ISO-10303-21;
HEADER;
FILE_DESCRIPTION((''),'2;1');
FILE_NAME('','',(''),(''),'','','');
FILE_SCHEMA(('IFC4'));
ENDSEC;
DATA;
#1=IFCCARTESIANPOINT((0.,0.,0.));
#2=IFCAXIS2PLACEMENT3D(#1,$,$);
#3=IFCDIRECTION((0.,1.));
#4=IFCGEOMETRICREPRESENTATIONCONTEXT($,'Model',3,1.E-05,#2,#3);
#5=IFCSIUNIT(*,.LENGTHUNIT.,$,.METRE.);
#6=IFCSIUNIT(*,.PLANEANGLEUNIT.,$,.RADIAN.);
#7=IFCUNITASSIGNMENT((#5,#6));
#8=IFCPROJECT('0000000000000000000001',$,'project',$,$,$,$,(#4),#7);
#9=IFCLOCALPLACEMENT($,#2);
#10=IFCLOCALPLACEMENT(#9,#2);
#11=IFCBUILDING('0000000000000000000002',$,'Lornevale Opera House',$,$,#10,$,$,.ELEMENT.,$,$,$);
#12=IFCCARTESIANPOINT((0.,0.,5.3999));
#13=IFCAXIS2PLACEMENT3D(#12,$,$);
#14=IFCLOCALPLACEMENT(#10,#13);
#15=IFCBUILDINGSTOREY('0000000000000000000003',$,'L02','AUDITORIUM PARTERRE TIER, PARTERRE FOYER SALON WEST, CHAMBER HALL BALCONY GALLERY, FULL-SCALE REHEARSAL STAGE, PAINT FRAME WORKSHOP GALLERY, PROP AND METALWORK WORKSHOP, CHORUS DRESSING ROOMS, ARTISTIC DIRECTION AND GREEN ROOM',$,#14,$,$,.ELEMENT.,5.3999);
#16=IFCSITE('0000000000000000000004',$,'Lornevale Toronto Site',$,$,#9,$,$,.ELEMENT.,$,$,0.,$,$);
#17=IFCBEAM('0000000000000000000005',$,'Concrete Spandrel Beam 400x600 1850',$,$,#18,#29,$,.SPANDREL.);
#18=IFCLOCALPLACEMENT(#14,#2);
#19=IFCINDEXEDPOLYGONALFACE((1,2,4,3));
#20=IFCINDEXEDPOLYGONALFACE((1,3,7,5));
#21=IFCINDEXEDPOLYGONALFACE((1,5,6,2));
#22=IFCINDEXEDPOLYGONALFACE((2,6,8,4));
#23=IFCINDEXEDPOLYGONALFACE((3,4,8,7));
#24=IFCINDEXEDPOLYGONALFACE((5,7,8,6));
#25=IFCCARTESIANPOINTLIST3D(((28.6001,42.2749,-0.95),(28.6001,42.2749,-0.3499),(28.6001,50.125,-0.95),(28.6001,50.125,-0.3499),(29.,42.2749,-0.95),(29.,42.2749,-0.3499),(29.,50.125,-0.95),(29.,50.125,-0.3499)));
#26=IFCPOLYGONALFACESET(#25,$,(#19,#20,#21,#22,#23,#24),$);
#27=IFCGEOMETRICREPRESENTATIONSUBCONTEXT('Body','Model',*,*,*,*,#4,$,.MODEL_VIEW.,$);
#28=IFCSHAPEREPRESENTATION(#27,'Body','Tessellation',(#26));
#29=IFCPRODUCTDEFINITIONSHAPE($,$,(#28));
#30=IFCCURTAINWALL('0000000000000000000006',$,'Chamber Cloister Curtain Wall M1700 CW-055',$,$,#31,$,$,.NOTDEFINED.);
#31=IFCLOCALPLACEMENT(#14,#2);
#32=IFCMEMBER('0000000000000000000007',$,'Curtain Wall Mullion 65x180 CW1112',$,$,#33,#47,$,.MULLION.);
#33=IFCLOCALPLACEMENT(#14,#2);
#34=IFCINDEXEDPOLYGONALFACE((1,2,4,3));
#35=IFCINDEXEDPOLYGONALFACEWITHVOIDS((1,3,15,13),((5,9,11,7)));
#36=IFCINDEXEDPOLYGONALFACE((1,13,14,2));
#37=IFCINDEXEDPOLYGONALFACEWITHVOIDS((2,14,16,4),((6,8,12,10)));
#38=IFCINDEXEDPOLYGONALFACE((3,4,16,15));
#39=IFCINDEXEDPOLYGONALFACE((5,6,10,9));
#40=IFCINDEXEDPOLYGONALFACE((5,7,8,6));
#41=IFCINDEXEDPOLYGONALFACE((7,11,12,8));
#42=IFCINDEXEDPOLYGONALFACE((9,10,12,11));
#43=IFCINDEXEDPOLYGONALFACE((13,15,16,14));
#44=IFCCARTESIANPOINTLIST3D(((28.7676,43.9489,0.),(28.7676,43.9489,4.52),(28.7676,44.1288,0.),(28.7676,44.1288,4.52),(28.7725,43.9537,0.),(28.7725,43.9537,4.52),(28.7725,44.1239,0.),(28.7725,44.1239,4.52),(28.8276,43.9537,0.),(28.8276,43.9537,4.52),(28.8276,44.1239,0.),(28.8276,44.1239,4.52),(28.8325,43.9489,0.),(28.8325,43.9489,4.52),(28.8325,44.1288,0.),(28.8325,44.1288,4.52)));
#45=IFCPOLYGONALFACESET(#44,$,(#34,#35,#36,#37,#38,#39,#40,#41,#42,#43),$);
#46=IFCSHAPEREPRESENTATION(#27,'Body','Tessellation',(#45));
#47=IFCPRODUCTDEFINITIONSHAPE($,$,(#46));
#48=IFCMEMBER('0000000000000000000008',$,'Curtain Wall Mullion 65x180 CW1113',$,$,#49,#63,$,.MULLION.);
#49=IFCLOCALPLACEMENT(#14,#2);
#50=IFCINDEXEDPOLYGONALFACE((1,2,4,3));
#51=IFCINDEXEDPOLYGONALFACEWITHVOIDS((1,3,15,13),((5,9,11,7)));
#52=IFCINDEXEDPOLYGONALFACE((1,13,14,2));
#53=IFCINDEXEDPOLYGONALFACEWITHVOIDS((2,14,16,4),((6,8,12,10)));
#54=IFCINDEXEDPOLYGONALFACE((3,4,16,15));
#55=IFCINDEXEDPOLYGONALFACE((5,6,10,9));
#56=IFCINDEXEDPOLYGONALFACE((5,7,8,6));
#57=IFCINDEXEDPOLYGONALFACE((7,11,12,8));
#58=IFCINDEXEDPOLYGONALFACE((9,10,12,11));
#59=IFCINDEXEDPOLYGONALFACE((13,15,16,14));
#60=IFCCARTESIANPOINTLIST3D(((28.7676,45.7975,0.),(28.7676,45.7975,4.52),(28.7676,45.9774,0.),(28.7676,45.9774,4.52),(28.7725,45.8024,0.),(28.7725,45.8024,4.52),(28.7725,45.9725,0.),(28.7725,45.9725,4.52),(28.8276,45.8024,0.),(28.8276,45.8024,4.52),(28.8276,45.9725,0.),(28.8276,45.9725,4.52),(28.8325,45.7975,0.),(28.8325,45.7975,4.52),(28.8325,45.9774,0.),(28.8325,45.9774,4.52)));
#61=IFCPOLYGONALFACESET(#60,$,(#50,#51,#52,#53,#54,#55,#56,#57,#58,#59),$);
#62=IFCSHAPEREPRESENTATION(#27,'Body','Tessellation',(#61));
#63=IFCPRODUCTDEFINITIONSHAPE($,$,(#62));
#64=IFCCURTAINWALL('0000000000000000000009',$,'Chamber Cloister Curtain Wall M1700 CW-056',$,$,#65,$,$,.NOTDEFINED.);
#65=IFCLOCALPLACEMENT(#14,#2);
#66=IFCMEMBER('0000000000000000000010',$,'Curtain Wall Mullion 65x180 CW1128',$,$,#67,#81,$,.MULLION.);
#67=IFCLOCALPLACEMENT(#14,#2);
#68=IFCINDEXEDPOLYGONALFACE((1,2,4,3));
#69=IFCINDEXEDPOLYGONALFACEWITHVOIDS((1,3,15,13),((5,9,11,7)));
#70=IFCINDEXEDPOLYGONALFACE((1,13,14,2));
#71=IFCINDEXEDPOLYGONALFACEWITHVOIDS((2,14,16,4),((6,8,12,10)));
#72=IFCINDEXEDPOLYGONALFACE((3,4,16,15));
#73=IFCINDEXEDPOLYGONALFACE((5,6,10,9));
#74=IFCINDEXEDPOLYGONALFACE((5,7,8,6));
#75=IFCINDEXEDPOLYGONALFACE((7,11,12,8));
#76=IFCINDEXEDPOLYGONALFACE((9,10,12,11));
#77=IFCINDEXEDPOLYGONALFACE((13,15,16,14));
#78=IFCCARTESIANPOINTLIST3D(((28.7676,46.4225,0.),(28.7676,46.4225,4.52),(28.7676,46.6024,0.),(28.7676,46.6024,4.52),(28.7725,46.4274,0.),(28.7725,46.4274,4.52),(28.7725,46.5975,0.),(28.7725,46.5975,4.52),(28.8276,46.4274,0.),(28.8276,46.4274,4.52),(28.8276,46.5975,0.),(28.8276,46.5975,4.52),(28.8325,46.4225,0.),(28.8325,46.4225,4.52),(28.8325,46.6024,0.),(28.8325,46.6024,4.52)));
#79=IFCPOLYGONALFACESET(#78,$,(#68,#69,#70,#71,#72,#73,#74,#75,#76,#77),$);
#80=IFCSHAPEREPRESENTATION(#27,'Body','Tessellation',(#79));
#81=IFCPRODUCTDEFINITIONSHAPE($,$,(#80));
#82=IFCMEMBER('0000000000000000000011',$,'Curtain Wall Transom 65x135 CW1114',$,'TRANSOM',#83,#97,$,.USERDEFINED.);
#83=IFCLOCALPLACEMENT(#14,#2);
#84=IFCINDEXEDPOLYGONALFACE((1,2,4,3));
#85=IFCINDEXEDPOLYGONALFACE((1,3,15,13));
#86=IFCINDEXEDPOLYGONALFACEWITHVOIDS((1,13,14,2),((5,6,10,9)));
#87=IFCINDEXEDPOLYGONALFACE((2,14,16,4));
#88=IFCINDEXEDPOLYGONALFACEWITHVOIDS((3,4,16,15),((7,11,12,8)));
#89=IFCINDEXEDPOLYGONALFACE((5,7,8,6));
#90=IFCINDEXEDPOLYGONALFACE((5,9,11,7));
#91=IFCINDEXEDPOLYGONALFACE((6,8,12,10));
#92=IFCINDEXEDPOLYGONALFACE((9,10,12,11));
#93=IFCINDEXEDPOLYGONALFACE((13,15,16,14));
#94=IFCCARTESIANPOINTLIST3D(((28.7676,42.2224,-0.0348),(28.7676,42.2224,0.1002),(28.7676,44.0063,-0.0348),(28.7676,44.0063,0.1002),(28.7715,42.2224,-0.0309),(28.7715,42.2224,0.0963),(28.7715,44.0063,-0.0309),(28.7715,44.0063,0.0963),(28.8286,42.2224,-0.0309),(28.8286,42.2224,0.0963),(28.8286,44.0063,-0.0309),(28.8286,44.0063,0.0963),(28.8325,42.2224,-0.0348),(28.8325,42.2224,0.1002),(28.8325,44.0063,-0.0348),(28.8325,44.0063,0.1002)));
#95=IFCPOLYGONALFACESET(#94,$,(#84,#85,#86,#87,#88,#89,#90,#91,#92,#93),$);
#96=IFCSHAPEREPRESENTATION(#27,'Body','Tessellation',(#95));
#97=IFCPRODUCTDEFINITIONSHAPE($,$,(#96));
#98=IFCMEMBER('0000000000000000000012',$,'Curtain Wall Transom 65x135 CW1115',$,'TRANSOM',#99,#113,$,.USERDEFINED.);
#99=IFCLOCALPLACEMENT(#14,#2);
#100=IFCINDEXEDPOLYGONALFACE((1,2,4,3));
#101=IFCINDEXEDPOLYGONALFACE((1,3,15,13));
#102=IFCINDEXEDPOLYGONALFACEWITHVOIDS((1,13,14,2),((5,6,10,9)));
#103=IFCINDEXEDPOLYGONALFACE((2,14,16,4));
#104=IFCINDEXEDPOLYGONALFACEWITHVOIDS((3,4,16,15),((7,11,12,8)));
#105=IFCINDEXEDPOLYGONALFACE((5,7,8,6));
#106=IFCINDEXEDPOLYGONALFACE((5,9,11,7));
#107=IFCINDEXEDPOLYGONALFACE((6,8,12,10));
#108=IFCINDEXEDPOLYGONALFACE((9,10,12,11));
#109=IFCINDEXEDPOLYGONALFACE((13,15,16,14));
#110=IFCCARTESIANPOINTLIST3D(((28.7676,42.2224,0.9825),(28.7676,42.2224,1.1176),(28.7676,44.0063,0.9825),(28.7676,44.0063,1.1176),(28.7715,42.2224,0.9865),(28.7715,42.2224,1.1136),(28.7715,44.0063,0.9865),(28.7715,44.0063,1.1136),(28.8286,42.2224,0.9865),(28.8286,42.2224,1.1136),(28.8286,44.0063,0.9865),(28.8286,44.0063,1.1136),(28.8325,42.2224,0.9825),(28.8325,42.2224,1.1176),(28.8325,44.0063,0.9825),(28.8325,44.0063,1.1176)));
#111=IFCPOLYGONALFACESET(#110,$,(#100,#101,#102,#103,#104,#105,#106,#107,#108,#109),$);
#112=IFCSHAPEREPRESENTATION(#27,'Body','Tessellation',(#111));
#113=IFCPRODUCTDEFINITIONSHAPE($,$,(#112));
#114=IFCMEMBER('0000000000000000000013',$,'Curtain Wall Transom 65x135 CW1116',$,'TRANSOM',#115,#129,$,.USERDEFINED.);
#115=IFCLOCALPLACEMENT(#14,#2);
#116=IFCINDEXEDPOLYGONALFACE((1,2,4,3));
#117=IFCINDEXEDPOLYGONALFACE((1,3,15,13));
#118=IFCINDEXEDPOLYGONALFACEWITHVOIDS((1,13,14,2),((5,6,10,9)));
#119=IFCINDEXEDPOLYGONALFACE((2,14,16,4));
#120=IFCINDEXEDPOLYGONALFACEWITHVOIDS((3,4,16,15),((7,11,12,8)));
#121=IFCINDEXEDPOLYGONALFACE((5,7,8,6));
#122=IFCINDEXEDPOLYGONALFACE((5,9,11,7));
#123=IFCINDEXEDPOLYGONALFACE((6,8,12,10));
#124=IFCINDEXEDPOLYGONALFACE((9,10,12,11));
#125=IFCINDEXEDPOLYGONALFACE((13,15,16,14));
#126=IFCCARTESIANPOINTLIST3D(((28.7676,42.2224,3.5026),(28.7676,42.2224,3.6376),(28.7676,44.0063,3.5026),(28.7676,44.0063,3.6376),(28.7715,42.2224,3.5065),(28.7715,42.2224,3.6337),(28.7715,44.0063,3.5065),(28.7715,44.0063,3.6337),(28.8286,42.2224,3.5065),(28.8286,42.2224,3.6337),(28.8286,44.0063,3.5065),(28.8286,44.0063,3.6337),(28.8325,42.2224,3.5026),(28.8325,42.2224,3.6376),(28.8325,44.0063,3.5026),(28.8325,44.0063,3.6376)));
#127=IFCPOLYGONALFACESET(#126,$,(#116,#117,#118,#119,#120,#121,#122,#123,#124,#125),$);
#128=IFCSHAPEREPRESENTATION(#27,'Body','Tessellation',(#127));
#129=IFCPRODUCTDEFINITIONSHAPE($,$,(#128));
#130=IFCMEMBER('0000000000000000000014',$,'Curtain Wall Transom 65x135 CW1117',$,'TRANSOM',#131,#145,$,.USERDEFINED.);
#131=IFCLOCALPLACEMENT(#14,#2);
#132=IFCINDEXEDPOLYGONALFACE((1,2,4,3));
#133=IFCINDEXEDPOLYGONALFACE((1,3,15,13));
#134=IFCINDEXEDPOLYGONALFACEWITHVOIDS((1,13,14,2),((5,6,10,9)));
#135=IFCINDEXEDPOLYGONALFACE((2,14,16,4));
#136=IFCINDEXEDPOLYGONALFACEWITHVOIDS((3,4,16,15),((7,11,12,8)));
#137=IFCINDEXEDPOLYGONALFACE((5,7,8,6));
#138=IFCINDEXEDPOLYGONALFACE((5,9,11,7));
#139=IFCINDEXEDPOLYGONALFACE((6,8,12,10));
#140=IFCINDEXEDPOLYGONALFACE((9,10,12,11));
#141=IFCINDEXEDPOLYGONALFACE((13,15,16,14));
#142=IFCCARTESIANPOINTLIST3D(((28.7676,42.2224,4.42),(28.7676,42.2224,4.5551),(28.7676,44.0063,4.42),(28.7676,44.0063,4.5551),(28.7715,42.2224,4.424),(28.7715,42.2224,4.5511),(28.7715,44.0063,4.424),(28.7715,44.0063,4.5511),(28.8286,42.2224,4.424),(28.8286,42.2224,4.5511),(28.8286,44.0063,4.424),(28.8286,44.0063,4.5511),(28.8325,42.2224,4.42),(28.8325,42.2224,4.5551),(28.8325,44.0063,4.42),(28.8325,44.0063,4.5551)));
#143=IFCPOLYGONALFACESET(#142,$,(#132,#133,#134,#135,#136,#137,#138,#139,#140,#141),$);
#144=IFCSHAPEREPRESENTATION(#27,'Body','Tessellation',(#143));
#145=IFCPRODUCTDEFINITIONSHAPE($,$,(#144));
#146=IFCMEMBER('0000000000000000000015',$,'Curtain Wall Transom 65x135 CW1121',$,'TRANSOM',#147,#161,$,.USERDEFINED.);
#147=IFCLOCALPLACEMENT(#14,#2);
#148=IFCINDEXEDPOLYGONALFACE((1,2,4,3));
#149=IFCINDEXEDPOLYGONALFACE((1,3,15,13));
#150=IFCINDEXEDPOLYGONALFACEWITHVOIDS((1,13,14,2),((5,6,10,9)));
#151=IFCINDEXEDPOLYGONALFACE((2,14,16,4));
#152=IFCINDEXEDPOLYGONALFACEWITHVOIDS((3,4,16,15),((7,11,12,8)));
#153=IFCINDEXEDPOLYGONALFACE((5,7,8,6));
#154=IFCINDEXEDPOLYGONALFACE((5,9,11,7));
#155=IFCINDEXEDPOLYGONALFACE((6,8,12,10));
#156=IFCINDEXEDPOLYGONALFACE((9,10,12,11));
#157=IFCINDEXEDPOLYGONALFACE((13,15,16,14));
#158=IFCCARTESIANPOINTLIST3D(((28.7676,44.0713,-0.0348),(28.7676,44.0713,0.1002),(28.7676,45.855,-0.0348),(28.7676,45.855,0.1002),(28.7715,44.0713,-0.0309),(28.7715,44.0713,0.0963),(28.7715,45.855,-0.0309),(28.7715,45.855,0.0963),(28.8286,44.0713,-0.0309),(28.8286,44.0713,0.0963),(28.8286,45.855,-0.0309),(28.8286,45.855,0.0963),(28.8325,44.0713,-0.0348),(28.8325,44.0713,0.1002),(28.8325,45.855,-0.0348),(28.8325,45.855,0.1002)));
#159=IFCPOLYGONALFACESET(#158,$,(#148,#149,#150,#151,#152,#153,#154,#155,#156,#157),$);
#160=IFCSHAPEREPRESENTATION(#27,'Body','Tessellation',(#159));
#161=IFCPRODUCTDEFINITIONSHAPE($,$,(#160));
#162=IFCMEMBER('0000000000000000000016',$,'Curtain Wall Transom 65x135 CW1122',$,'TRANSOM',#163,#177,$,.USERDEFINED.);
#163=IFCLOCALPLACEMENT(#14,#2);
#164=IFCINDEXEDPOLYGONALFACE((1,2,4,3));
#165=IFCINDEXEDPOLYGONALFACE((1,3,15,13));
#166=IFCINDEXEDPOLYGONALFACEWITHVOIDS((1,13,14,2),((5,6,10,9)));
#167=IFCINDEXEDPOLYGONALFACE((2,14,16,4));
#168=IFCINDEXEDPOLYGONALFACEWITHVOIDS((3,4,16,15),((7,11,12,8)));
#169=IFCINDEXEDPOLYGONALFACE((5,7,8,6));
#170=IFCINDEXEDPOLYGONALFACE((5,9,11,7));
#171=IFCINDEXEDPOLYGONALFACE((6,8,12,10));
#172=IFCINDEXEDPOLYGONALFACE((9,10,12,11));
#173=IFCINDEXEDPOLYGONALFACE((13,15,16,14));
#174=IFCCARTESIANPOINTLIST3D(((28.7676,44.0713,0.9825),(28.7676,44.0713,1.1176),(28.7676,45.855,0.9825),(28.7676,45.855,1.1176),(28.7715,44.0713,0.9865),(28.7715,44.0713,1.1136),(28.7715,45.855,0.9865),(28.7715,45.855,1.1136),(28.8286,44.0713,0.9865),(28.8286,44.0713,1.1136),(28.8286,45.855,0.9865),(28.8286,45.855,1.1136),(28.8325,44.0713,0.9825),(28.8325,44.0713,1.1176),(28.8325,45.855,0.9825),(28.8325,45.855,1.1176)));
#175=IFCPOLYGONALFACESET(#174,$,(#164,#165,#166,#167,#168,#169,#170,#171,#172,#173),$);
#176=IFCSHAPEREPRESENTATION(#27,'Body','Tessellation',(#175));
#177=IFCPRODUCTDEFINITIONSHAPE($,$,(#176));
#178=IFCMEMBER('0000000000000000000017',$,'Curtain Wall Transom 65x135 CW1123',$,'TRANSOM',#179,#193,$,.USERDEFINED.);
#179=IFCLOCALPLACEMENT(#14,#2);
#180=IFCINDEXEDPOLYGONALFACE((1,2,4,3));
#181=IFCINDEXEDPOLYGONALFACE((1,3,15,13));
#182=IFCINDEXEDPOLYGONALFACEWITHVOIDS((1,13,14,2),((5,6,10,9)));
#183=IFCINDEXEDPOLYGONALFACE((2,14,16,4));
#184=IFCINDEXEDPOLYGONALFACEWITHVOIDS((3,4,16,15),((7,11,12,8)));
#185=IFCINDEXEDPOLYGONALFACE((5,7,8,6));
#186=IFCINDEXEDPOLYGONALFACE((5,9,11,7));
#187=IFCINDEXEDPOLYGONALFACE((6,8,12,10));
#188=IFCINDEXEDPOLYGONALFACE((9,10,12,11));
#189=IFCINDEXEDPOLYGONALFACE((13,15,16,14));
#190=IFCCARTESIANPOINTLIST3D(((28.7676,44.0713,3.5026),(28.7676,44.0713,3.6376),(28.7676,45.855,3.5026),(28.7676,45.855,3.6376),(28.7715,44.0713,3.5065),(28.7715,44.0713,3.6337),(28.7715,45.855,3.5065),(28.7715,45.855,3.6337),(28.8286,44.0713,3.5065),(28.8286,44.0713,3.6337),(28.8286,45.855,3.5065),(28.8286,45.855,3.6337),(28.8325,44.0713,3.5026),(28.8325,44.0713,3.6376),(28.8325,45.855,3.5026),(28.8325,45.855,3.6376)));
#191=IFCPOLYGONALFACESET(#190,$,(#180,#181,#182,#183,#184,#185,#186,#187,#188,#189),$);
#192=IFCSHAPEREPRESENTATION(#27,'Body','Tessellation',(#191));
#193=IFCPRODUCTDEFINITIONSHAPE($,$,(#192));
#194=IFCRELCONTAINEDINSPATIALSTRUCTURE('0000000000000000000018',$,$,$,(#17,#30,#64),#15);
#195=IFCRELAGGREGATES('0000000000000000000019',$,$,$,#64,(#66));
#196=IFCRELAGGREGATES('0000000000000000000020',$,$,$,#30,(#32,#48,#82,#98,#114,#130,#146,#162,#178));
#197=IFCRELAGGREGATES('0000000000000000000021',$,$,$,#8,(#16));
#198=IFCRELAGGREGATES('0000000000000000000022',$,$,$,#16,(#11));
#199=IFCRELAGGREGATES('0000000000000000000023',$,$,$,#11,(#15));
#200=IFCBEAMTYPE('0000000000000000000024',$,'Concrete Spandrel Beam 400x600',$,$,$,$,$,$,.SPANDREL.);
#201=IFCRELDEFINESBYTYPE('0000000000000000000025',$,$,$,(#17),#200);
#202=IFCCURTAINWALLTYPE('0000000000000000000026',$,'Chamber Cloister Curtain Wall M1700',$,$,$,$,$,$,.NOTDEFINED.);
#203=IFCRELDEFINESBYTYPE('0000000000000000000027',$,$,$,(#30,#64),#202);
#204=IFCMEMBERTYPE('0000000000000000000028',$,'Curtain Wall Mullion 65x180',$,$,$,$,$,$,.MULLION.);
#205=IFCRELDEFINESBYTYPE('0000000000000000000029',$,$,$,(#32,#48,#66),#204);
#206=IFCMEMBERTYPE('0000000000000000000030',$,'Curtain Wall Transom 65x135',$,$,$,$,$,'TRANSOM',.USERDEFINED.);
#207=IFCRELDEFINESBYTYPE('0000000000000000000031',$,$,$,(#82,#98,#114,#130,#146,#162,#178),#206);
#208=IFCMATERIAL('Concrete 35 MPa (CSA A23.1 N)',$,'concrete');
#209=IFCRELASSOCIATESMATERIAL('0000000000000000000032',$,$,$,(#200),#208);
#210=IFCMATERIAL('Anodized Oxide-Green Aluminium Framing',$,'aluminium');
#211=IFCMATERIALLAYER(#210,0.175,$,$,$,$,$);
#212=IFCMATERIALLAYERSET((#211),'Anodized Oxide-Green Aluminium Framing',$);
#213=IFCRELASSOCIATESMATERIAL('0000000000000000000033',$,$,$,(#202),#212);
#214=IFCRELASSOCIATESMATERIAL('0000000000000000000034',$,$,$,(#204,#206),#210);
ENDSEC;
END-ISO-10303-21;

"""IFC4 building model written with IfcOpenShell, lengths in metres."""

from ifc_helpers import new_model, si_unit, direction, frame, origin, origin_2d, place, context, subcontext, project, spatial, rectangle, hollow_rectangle, extrude, material, layer, layer_set, material_profile, profile_set, type_object, element, aggregate, save


model = new_model("IFC4")

# Units and contexts
model_context = context("Model", 3, precision=1e-05, world=origin(), true_north=direction((0.0, 1.0)))
body_context = subcontext(model_context, "Body", "Model", "MODEL_VIEW")
ifc_project = project(units=[si_unit("LENGTHUNIT", "METRE"), si_unit("PLANEANGLEUNIT", "RADIAN")], contexts=[model_context])

# Site, building, storey
site_placement = place(None, origin())
site = spatial("IfcSite", under=ifc_project, at=site_placement, Name="Lornevale Toronto Site", CompositionType="ELEMENT", RefElevation=0.0)
building_placement = place(site_placement, origin())
building = spatial("IfcBuilding", under=site, at=building_placement, Name="Lornevale Opera House", CompositionType="ELEMENT")
storey_placement = place(building_placement, frame((0.0, 0.0, 5.3999)))
storey = spatial("IfcBuildingStorey", under=building, at=storey_placement, Name="L02", Description="AUDITORIUM PARTERRE TIER, PARTERRE FOYER SALON WEST, CHAMBER HALL BALCONY GALLERY, FULL-SCALE REHEARSAL STAGE, PAINT FRAME WORKSHOP GALLERY, PROP AND METALWORK WORKSHOP, CHORUS DRESSING ROOMS, ARTISTIC DIRECTION AND GREEN ROOM", CompositionType="ELEMENT", Elevation=5.3999)

# Beam
ifc_material_1 = material(Name="Concrete 35 MPa (CSA A23.1 N)", Category="concrete")
ifc_material_profile_1 = material_profile(ifc_material_1, rectangle(XDim=0.3999, YDim=0.6001, at=origin_2d()), Name="RC400x600")
ifc_profile_set_1 = profile_set([ifc_material_profile_1], Name="Concrete 35 MPa (CSA A23.1 N)")
beam_type = type_object("IfcBeamType", Name="Concrete Spandrel Beam 400x600", PredefinedType="SPANDREL", material=ifc_profile_set_1)
beam_placement = place(storey_placement, frame((28.8, 42.2749, -0.6499), z_axis=(0.0, 1.0, 0.0), x_axis=(-1.0, 0.0, 0.0)))
element("IfcBeam", 1, at=beam_placement, inside=storey, type_object=beam_type, Name="Concrete Spandrel Beam 400x600 1850", PredefinedType="SPANDREL", context=body_context, shape_type="SweptSolid", body=[
    extrude(rectangle(XDim=0.3999, YDim=0.6001, at=origin_2d()), origin(), (0.0, 0.0, 1.0), 7.8501),
])

# Curtain wall, members
ifc_material_2 = material(Name="Anodized Oxide-Green Aluminium Framing", Category="aluminium")
ifc_layer_1 = layer(ifc_material_2, 0.175)
ifc_layer_set_1 = layer_set([ifc_layer_1], Name="Anodized Oxide-Green Aluminium Framing")
curtain_wall_type = type_object("IfcCurtainWallType", Name="Chamber Cloister Curtain Wall M1700", PredefinedType="NOTDEFINED", material=ifc_layer_set_1)
curtain_wall_1_placement = place(storey_placement, origin())
curtain_wall_1 = element("IfcCurtainWall", 2, at=curtain_wall_1_placement, inside=storey, type_object=curtain_wall_type, Name="Chamber Cloister Curtain Wall M1700 CW-055", PredefinedType="NOTDEFINED")
ifc_material_profile_2 = material_profile(ifc_material_2, hollow_rectangle(XDim=0.0649, YDim=0.1799, WallThickness=0.0049, at=origin_2d()), Name="ALU65x180x5")
ifc_profile_set_2 = profile_set([ifc_material_profile_2], Name="Anodized Oxide-Green Aluminium Framing")
member_type_1 = type_object("IfcMemberType", Name="Curtain Wall Mullion 65x180", PredefinedType="MULLION", material=ifc_profile_set_2)
member_1_placement = place(storey_placement, frame((28.8, 44.0388, 0.0), z_axis=(0.0, 0.0, 1.0), x_axis=(-1.0, 0.0, 0.0)))
member_1 = element("IfcMember", 3, at=member_1_placement, type_object=member_type_1, Name="Curtain Wall Mullion 65x180 CW1112", PredefinedType="MULLION", context=body_context, shape_type="SweptSolid", body=[
    extrude(hollow_rectangle(XDim=0.0649, YDim=0.1799, WallThickness=0.0049, at=origin_2d()), origin(), (0.0, 0.0, 1.0), 4.52),
])
member_2_placement = place(storey_placement, frame((28.8, 45.8875, 0.0), z_axis=(0.0, 0.0, 1.0), x_axis=(-1.0, 0.0, 0.0)))
member_2 = element("IfcMember", 4, at=member_2_placement, type_object=member_type_1, Name="Curtain Wall Mullion 65x180 CW1113", PredefinedType="MULLION", context=body_context, shape_type="SweptSolid", body=[
    extrude(hollow_rectangle(XDim=0.0649, YDim=0.1799, WallThickness=0.0049, at=origin_2d()), origin(), (0.0, 0.0, 1.0), 4.52),
])

# Curtain wall, member
curtain_wall_2_placement = place(storey_placement, origin())
curtain_wall_2 = element("IfcCurtainWall", 5, at=curtain_wall_2_placement, inside=storey, type_object=curtain_wall_type, Name="Chamber Cloister Curtain Wall M1700 CW-056", PredefinedType="NOTDEFINED")
member_3_placement = place(storey_placement, frame((28.8, 46.5125, 0.0), z_axis=(0.0, 0.0, 1.0), x_axis=(-1.0, 0.0, 0.0)))
member_3 = element("IfcMember", 6, at=member_3_placement, type_object=member_type_1, Name="Curtain Wall Mullion 65x180 CW1128", PredefinedType="MULLION", context=body_context, shape_type="SweptSolid", body=[
    extrude(hollow_rectangle(XDim=0.0649, YDim=0.1799, WallThickness=0.0049, at=origin_2d()), origin(), (0.0, 0.0, 1.0), 4.52),
])

# Members
ifc_material_profile_3 = material_profile(ifc_material_2, hollow_rectangle(XDim=0.0649, YDim=0.135, WallThickness=0.0039, at=origin_2d()), Name="ALU65x135x4")
ifc_profile_set_3 = profile_set([ifc_material_profile_3], Name="Anodized Oxide-Green Aluminium Framing")
member_type_2 = type_object("IfcMemberType", Name="Curtain Wall Transom 65x135", ElementType="TRANSOM", PredefinedType="USERDEFINED", material=ifc_profile_set_3)
member_4_placement = place(storey_placement, frame((28.8, 42.2224, 0.0327), z_axis=(0.0, 1.0, 0.0), x_axis=(-1.0, 0.0, 0.0)))
member_4 = element("IfcMember", 7, at=member_4_placement, type_object=member_type_2, Name="Curtain Wall Transom 65x135 CW1114", ObjectType="TRANSOM", PredefinedType="USERDEFINED", context=body_context, shape_type="SweptSolid", body=[
    extrude(hollow_rectangle(XDim=0.0649, YDim=0.135, WallThickness=0.0039, at=origin_2d()), origin(), (0.0, 0.0, 1.0), 1.7839),
])
member_5_placement = place(storey_placement, frame((28.8, 42.2224, 1.05), z_axis=(0.0, 1.0, 0.0), x_axis=(-1.0, 0.0, 0.0)))
member_5 = element("IfcMember", 8, at=member_5_placement, type_object=member_type_2, Name="Curtain Wall Transom 65x135 CW1115", ObjectType="TRANSOM", PredefinedType="USERDEFINED", context=body_context, shape_type="SweptSolid", body=[
    extrude(hollow_rectangle(XDim=0.0649, YDim=0.135, WallThickness=0.0039, at=origin_2d()), origin(), (0.0, 0.0, 1.0), 1.7839),
])
member_6_placement = place(storey_placement, frame((28.8, 42.2224, 3.5701), z_axis=(0.0, 1.0, 0.0), x_axis=(-1.0, 0.0, 0.0)))
member_6 = element("IfcMember", 9, at=member_6_placement, type_object=member_type_2, Name="Curtain Wall Transom 65x135 CW1116", ObjectType="TRANSOM", PredefinedType="USERDEFINED", context=body_context, shape_type="SweptSolid", body=[
    extrude(hollow_rectangle(XDim=0.0649, YDim=0.135, WallThickness=0.0039, at=origin_2d()), origin(), (0.0, 0.0, 1.0), 1.7839),
])
member_7_placement = place(storey_placement, frame((28.8, 42.2224, 4.4875), z_axis=(0.0, 1.0, 0.0), x_axis=(-1.0, 0.0, 0.0)))
member_7 = element("IfcMember", 10, at=member_7_placement, type_object=member_type_2, Name="Curtain Wall Transom 65x135 CW1117", ObjectType="TRANSOM", PredefinedType="USERDEFINED", context=body_context, shape_type="SweptSolid", body=[
    extrude(hollow_rectangle(XDim=0.0649, YDim=0.135, WallThickness=0.0039, at=origin_2d()), origin(), (0.0, 0.0, 1.0), 1.7839),
])
member_8_placement = place(storey_placement, frame((28.8, 44.0713, 0.0327), z_axis=(0.0, 1.0, 0.0), x_axis=(-1.0, 0.0, 0.0)))
member_8 = element("IfcMember", 11, at=member_8_placement, type_object=member_type_2, Name="Curtain Wall Transom 65x135 CW1121", ObjectType="TRANSOM", PredefinedType="USERDEFINED", context=body_context, shape_type="SweptSolid", body=[
    extrude(hollow_rectangle(XDim=0.0649, YDim=0.135, WallThickness=0.0039, at=origin_2d()), origin(), (0.0, 0.0, 1.0), 1.7837),
])
member_9_placement = place(storey_placement, frame((28.8, 44.0713, 1.05), z_axis=(0.0, 1.0, 0.0), x_axis=(-1.0, 0.0, 0.0)))
member_9 = element("IfcMember", 12, at=member_9_placement, type_object=member_type_2, Name="Curtain Wall Transom 65x135 CW1122", ObjectType="TRANSOM", PredefinedType="USERDEFINED", context=body_context, shape_type="SweptSolid", body=[
    extrude(hollow_rectangle(XDim=0.0649, YDim=0.135, WallThickness=0.0039, at=origin_2d()), origin(), (0.0, 0.0, 1.0), 1.7837),
])
member_10_placement = place(storey_placement, frame((28.8, 44.0713, 3.5701), z_axis=(0.0, 1.0, 0.0), x_axis=(-1.0, 0.0, 0.0)))
member_10 = element("IfcMember", 13, at=member_10_placement, type_object=member_type_2, Name="Curtain Wall Transom 65x135 CW1123", ObjectType="TRANSOM", PredefinedType="USERDEFINED", context=body_context, shape_type="SweptSolid", body=[
    extrude(hollow_rectangle(XDim=0.0649, YDim=0.135, WallThickness=0.0039, at=origin_2d()), origin(), (0.0, 0.0, 1.0), 1.7837),
])
aggregate(curtain_wall_2, [member_3])

aggregate(curtain_wall_1, [member_1, member_2, member_4, member_5, member_6, member_7, member_8, member_9, member_10])

save(model, "model.ifc")
